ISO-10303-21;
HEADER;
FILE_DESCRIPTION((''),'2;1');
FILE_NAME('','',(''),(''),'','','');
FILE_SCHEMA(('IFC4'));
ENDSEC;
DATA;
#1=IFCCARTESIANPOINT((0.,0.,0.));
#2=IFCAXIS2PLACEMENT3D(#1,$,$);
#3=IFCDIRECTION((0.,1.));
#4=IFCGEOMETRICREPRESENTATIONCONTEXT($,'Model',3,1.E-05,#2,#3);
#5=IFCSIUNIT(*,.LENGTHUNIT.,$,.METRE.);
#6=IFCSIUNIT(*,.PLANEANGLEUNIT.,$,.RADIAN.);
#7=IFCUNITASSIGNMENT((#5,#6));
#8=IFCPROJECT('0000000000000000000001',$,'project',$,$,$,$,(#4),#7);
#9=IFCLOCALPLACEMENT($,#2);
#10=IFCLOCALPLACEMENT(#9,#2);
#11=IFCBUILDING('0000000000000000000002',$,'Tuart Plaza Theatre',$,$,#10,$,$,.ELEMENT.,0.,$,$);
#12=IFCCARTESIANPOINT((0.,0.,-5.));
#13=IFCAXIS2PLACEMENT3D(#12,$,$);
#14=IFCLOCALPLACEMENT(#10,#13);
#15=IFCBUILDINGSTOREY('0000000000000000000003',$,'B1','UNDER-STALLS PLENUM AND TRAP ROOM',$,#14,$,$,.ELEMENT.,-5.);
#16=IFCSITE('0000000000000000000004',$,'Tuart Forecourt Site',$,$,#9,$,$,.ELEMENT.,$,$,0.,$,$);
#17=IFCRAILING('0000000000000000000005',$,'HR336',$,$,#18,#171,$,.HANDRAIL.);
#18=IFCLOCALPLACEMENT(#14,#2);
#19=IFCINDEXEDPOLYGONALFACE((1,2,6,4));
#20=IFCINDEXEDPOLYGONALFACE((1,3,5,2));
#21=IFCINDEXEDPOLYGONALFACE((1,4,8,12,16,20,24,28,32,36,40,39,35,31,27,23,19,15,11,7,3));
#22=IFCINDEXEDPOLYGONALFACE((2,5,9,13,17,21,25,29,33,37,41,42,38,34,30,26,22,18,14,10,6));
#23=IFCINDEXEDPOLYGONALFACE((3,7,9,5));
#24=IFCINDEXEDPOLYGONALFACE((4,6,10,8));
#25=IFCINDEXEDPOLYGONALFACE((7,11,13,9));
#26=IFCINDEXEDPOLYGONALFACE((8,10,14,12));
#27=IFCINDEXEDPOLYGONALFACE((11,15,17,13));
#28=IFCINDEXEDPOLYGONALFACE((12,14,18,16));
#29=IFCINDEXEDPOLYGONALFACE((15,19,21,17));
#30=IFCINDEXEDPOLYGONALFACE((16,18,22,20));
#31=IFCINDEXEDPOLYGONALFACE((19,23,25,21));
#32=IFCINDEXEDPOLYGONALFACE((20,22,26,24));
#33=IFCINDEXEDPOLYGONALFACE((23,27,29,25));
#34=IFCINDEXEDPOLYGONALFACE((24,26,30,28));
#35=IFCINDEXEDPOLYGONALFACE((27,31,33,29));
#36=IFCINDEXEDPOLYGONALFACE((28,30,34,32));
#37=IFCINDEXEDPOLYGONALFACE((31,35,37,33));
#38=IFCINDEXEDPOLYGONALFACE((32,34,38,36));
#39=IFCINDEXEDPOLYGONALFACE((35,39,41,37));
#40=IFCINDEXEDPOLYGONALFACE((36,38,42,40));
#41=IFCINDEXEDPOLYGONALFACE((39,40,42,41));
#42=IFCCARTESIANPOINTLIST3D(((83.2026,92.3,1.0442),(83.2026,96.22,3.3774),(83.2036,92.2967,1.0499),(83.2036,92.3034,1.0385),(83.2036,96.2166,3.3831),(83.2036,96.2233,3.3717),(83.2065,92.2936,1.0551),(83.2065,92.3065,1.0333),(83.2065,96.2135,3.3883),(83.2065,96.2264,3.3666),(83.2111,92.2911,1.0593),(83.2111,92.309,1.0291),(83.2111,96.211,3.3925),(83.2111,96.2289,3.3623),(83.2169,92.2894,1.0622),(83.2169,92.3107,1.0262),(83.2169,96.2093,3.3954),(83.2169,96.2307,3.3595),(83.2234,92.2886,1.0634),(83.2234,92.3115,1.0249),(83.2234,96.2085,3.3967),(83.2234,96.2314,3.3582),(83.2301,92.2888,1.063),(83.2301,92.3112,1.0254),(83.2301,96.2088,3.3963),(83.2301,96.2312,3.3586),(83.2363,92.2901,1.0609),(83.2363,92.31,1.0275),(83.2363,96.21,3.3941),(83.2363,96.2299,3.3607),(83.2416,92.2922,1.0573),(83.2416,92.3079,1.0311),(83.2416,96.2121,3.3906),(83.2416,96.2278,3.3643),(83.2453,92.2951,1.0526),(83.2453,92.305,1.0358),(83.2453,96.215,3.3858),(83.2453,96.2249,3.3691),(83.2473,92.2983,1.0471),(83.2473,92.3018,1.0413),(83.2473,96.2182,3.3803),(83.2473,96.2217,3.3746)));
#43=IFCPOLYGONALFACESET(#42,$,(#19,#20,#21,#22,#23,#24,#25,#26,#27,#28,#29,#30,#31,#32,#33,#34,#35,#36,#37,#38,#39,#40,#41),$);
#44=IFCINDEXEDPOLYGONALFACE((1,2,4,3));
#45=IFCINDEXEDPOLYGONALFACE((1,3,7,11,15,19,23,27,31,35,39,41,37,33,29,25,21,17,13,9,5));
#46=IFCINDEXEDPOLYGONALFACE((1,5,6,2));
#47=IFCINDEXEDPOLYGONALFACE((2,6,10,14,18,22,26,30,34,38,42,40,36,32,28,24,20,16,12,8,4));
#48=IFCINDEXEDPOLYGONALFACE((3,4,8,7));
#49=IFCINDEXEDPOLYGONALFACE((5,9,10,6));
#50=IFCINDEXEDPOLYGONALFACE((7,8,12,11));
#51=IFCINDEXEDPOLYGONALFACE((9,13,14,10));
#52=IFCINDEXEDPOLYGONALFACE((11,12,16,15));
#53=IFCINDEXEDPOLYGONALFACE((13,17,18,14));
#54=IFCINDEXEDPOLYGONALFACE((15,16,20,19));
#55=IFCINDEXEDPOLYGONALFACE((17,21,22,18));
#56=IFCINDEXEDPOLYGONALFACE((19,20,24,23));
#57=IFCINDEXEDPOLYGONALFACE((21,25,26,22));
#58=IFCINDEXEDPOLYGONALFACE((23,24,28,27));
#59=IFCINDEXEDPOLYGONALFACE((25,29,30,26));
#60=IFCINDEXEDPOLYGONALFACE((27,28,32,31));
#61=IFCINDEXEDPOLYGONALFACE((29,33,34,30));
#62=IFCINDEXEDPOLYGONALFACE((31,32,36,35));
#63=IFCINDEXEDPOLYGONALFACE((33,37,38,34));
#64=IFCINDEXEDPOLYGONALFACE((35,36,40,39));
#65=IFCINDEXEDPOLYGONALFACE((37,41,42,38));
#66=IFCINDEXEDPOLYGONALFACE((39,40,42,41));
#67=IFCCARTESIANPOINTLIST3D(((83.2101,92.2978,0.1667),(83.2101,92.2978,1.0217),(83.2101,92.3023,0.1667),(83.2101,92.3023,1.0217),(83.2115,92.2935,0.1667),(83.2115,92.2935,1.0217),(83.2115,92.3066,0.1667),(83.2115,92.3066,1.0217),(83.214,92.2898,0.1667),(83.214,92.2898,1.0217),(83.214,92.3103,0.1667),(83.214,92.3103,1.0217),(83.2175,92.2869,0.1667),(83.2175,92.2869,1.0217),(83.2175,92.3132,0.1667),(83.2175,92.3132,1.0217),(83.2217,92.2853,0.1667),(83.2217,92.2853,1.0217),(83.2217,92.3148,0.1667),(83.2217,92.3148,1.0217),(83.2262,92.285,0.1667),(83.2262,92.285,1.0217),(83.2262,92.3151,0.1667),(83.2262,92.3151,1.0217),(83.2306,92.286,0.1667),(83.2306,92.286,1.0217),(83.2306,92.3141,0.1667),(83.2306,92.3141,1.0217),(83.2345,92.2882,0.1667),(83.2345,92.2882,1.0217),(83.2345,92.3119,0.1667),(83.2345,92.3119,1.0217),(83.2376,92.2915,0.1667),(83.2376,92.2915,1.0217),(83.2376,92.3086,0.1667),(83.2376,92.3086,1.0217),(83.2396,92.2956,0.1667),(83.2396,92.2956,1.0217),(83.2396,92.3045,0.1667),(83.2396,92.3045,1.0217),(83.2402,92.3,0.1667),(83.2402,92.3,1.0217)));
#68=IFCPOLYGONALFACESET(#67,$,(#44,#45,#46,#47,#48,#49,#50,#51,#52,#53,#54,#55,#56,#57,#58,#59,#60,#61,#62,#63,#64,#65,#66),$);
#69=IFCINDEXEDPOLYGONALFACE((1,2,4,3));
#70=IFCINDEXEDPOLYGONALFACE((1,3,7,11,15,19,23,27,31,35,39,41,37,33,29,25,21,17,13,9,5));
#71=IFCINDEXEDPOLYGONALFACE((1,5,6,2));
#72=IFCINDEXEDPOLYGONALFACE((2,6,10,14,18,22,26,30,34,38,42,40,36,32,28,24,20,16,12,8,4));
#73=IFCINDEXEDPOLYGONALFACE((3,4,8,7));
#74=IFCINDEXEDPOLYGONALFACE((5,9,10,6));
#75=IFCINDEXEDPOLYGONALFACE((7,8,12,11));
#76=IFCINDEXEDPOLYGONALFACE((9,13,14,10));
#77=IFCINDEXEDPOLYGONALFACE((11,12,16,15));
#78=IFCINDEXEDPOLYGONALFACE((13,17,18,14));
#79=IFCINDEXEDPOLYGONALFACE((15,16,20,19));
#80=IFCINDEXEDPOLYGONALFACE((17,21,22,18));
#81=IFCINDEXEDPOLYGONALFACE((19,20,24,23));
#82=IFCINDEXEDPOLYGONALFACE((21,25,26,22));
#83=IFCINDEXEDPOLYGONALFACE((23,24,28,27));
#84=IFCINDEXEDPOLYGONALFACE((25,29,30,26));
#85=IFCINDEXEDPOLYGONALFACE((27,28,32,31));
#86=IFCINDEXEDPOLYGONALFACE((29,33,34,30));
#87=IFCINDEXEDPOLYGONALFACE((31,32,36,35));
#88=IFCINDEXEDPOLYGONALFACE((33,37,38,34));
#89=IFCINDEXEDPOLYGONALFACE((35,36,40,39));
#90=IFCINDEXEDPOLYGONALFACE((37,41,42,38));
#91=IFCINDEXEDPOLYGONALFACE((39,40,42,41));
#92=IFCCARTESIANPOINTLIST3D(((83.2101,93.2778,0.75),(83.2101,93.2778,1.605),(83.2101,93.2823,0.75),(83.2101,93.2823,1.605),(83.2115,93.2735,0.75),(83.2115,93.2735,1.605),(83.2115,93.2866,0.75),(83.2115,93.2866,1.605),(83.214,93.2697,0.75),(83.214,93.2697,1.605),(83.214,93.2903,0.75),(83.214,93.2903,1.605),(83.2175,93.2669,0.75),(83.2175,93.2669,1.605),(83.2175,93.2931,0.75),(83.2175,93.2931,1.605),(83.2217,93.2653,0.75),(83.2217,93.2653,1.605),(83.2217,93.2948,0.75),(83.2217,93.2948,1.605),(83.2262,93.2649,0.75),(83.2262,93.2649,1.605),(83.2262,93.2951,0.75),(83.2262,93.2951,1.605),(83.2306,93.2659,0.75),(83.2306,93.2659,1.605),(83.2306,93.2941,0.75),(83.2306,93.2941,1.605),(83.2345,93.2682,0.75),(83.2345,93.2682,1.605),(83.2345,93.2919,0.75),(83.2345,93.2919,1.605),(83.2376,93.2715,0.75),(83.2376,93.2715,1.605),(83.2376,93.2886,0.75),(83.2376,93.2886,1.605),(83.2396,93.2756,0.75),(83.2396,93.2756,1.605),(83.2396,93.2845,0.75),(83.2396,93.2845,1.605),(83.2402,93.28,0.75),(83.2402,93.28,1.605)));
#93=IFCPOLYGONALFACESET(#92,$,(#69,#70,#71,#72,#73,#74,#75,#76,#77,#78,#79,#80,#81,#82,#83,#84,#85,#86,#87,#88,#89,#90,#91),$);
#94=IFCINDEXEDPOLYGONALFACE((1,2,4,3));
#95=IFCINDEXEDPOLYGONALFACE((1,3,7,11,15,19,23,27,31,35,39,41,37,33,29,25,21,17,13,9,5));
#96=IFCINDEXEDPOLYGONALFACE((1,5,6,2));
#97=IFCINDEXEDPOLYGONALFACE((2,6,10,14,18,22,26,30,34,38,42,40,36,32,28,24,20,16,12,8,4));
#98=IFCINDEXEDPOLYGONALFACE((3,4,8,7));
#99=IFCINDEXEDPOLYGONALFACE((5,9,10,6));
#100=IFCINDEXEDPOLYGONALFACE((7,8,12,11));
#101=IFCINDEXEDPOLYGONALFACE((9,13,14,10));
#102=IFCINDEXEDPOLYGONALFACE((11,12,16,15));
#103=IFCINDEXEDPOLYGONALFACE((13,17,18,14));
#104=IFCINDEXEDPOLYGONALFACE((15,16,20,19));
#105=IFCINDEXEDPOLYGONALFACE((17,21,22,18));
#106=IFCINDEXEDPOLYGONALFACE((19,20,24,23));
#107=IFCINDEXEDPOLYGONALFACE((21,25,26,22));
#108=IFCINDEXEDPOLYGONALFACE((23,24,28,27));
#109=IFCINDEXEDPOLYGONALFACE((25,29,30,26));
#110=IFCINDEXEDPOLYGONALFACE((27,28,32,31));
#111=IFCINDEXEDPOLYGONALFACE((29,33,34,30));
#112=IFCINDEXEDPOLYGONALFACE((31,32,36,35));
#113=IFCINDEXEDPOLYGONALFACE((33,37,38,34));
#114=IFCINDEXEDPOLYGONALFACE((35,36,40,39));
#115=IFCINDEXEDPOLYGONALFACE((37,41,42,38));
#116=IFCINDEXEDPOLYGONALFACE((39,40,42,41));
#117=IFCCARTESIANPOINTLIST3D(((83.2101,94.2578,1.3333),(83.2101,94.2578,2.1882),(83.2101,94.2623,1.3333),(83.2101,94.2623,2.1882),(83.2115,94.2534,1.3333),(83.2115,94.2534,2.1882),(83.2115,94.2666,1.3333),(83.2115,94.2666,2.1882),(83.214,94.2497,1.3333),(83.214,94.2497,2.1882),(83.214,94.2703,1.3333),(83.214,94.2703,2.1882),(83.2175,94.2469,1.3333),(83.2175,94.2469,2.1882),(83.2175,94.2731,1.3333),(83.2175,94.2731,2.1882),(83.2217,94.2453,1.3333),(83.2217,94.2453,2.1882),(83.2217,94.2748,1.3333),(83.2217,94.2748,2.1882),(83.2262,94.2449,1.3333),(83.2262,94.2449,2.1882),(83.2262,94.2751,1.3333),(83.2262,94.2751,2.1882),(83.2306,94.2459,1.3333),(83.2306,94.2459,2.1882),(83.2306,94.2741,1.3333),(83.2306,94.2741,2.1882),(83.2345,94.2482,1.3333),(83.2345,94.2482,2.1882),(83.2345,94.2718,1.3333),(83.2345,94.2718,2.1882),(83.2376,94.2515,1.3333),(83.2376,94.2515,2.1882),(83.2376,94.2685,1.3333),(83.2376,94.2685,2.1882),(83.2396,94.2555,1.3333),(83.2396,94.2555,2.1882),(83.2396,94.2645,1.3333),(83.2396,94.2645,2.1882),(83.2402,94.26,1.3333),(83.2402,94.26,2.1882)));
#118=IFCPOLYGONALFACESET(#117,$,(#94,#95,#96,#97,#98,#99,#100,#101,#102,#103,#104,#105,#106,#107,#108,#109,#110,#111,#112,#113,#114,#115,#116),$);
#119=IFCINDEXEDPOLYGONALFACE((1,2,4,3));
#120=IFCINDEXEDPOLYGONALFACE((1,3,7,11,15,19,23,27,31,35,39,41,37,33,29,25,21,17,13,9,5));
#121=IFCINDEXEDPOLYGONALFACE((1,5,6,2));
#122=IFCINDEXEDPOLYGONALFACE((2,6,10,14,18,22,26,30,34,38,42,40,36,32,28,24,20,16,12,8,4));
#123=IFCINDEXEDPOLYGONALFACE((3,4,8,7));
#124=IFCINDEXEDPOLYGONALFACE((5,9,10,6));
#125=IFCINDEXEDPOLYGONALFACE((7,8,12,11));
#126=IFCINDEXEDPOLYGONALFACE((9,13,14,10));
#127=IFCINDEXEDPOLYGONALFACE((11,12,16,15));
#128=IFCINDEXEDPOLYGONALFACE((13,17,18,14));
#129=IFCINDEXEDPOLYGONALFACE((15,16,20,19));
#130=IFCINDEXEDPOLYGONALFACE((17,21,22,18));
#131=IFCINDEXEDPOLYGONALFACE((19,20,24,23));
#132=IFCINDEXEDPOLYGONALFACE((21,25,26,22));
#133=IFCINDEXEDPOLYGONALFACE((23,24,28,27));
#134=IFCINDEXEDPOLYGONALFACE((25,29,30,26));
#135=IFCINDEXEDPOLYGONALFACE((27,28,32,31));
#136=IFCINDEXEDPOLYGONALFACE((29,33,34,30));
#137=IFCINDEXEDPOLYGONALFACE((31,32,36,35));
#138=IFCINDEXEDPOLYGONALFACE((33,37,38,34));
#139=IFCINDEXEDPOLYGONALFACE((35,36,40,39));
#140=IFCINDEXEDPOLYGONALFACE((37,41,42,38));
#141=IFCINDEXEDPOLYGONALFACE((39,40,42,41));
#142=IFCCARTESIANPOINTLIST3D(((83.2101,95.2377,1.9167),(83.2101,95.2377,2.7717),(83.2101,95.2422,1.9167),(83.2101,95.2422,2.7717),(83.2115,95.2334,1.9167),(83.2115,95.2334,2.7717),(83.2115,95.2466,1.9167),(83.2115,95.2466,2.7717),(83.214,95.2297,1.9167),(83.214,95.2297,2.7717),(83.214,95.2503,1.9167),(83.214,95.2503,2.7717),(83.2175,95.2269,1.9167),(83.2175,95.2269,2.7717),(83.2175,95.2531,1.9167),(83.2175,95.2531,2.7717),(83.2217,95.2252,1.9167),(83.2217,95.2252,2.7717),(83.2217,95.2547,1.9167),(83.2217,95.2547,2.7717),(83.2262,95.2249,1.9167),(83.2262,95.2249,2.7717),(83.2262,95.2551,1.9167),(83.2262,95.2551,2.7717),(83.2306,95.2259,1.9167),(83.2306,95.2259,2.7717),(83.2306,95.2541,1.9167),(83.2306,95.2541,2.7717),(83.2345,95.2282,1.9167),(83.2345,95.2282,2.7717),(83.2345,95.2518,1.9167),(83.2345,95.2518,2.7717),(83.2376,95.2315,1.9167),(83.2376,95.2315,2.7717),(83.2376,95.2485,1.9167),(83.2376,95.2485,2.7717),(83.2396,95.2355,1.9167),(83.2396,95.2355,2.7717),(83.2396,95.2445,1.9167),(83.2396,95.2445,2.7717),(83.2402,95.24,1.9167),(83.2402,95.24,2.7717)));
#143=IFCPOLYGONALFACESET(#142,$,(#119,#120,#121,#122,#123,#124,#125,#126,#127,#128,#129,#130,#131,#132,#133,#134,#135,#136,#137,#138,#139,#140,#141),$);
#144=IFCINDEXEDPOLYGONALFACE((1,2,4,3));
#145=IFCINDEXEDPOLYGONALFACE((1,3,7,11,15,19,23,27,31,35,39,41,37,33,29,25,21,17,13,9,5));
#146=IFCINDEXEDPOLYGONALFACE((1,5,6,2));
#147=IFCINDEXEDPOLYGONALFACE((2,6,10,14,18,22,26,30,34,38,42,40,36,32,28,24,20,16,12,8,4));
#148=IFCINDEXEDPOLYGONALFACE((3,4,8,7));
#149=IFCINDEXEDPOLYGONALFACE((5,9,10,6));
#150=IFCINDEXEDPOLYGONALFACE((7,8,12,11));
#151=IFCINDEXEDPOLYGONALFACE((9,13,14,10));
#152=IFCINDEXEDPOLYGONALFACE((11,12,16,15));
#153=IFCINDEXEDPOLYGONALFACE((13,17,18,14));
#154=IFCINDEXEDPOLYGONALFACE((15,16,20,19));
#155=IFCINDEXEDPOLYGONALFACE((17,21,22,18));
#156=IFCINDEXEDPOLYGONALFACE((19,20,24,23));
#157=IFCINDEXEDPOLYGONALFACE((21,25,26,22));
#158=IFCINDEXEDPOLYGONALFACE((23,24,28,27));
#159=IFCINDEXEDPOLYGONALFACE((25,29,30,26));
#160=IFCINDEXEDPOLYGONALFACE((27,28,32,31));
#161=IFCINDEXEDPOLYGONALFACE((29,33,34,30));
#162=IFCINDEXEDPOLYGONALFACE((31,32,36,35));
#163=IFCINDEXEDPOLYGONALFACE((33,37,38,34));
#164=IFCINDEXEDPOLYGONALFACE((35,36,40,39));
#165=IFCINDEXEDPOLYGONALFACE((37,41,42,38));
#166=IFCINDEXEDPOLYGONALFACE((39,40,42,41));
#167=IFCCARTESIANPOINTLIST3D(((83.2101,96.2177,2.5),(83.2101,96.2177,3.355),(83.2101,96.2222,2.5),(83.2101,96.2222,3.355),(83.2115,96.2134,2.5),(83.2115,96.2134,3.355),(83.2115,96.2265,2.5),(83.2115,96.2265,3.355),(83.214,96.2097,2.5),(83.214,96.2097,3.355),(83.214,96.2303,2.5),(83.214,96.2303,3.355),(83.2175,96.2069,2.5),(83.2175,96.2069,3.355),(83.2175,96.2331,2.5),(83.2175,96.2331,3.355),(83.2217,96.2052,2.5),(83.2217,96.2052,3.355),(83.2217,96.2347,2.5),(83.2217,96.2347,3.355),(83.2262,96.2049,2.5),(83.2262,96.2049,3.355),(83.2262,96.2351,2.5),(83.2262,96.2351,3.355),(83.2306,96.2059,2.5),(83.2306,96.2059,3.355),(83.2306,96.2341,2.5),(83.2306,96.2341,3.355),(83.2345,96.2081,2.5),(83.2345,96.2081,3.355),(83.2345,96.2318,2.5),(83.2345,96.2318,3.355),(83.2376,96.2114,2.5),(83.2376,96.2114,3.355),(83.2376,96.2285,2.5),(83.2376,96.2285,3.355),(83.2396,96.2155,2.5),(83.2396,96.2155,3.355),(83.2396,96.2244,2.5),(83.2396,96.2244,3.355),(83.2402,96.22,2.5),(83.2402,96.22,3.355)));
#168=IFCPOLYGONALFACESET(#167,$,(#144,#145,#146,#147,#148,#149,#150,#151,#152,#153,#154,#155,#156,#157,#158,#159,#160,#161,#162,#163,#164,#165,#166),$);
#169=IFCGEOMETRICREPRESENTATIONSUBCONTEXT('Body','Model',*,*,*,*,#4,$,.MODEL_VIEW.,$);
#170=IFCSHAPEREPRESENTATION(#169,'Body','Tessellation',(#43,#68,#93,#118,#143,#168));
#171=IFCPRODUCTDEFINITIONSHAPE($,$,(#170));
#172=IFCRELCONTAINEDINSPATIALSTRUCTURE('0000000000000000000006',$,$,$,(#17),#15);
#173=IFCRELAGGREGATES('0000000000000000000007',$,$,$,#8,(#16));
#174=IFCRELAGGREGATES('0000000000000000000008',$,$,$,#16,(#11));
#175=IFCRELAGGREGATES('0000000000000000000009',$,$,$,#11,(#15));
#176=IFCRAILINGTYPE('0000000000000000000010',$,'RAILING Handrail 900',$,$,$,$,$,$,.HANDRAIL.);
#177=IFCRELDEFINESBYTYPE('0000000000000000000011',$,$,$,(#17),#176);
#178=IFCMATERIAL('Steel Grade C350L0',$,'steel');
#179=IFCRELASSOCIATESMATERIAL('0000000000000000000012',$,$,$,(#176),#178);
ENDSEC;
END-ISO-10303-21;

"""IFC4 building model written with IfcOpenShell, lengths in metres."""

from ifc_helpers import new_model, si_unit, direction, frame, origin, origin_2d, place, context, subcontext, project, spatial, circle, extrude, material, type_object, element, save


model = new_model("IFC4")

# Units and contexts
model_context = context("Model", 3, precision=1e-05, world=origin(), true_north=direction((0.0, 1.0)))
body_context = subcontext(model_context, "Body", "Model", "MODEL_VIEW")
ifc_project = project(units=[si_unit("LENGTHUNIT", "METRE"), si_unit("PLANEANGLEUNIT", "RADIAN")], contexts=[model_context])

# Site, building, storey
site_placement = place(None, origin())
site = spatial("IfcSite", under=ifc_project, at=site_placement, Name="Tuart Forecourt Site", CompositionType="ELEMENT", RefElevation=0.0)
building_placement = place(site_placement, origin())
building = spatial("IfcBuilding", under=site, at=building_placement, Name="Tuart Plaza Theatre", CompositionType="ELEMENT", ElevationOfRefHeight=0.0)
storey_placement = place(building_placement, frame((0.0, 0.0, -5.0)))
storey = spatial("IfcBuildingStorey", under=building, at=storey_placement, Name="B1", Description="UNDER-STALLS PLENUM AND TRAP ROOM", CompositionType="ELEMENT", Elevation=-5.0)

# Railing
ifc_material_1 = material(Name="Steel Grade C350L0", Category="steel")
railing_type_1 = type_object("IfcRailingType", Name="RAILING Handrail 900", PredefinedType="HANDRAIL", material=ifc_material_1)
for number, where, name in (
    (1, (83.2251, 92.3, 0.1667), "HR336"),
):
    element("IfcRailing", number, at=place(storey_placement, frame(where)), inside=storey, type_object=railing_type_1, Name=name, PredefinedType="HANDRAIL", context=body_context, shape_type="SweptSolid", body=[
        extrude(circle(Radius=0.0225, at=origin_2d()), frame((0.0, 0.0, 0.8774), z_axis=(0.0, 0.859296, 0.511478), x_axis=(-1.0, 0.0, 0.0)), (0.0, 0.0, 1.0), 4.5618),
        extrude(circle(Radius=0.0151, at=origin_2d()), origin(), (0.0, 0.0, 1.0), 0.855),
        extrude(circle(Radius=0.0151, at=origin_2d()), frame((0.0, 0.98, 0.5833)), (0.0, 0.0, 1.0), 0.855),
        extrude(circle(Radius=0.0151, at=origin_2d()), frame((0.0, 1.96, 1.1665)), (0.0, 0.0, 1.0), 0.855),
        extrude(circle(Radius=0.0151, at=origin_2d()), frame((0.0, 2.9399, 1.75)), (0.0, 0.0, 1.0), 0.855),
        extrude(circle(Radius=0.0151, at=origin_2d()), frame((0.0, 3.9199, 2.3333)), (0.0, 0.0, 1.0), 0.855),
    ])

save(model, "model.ifc")
